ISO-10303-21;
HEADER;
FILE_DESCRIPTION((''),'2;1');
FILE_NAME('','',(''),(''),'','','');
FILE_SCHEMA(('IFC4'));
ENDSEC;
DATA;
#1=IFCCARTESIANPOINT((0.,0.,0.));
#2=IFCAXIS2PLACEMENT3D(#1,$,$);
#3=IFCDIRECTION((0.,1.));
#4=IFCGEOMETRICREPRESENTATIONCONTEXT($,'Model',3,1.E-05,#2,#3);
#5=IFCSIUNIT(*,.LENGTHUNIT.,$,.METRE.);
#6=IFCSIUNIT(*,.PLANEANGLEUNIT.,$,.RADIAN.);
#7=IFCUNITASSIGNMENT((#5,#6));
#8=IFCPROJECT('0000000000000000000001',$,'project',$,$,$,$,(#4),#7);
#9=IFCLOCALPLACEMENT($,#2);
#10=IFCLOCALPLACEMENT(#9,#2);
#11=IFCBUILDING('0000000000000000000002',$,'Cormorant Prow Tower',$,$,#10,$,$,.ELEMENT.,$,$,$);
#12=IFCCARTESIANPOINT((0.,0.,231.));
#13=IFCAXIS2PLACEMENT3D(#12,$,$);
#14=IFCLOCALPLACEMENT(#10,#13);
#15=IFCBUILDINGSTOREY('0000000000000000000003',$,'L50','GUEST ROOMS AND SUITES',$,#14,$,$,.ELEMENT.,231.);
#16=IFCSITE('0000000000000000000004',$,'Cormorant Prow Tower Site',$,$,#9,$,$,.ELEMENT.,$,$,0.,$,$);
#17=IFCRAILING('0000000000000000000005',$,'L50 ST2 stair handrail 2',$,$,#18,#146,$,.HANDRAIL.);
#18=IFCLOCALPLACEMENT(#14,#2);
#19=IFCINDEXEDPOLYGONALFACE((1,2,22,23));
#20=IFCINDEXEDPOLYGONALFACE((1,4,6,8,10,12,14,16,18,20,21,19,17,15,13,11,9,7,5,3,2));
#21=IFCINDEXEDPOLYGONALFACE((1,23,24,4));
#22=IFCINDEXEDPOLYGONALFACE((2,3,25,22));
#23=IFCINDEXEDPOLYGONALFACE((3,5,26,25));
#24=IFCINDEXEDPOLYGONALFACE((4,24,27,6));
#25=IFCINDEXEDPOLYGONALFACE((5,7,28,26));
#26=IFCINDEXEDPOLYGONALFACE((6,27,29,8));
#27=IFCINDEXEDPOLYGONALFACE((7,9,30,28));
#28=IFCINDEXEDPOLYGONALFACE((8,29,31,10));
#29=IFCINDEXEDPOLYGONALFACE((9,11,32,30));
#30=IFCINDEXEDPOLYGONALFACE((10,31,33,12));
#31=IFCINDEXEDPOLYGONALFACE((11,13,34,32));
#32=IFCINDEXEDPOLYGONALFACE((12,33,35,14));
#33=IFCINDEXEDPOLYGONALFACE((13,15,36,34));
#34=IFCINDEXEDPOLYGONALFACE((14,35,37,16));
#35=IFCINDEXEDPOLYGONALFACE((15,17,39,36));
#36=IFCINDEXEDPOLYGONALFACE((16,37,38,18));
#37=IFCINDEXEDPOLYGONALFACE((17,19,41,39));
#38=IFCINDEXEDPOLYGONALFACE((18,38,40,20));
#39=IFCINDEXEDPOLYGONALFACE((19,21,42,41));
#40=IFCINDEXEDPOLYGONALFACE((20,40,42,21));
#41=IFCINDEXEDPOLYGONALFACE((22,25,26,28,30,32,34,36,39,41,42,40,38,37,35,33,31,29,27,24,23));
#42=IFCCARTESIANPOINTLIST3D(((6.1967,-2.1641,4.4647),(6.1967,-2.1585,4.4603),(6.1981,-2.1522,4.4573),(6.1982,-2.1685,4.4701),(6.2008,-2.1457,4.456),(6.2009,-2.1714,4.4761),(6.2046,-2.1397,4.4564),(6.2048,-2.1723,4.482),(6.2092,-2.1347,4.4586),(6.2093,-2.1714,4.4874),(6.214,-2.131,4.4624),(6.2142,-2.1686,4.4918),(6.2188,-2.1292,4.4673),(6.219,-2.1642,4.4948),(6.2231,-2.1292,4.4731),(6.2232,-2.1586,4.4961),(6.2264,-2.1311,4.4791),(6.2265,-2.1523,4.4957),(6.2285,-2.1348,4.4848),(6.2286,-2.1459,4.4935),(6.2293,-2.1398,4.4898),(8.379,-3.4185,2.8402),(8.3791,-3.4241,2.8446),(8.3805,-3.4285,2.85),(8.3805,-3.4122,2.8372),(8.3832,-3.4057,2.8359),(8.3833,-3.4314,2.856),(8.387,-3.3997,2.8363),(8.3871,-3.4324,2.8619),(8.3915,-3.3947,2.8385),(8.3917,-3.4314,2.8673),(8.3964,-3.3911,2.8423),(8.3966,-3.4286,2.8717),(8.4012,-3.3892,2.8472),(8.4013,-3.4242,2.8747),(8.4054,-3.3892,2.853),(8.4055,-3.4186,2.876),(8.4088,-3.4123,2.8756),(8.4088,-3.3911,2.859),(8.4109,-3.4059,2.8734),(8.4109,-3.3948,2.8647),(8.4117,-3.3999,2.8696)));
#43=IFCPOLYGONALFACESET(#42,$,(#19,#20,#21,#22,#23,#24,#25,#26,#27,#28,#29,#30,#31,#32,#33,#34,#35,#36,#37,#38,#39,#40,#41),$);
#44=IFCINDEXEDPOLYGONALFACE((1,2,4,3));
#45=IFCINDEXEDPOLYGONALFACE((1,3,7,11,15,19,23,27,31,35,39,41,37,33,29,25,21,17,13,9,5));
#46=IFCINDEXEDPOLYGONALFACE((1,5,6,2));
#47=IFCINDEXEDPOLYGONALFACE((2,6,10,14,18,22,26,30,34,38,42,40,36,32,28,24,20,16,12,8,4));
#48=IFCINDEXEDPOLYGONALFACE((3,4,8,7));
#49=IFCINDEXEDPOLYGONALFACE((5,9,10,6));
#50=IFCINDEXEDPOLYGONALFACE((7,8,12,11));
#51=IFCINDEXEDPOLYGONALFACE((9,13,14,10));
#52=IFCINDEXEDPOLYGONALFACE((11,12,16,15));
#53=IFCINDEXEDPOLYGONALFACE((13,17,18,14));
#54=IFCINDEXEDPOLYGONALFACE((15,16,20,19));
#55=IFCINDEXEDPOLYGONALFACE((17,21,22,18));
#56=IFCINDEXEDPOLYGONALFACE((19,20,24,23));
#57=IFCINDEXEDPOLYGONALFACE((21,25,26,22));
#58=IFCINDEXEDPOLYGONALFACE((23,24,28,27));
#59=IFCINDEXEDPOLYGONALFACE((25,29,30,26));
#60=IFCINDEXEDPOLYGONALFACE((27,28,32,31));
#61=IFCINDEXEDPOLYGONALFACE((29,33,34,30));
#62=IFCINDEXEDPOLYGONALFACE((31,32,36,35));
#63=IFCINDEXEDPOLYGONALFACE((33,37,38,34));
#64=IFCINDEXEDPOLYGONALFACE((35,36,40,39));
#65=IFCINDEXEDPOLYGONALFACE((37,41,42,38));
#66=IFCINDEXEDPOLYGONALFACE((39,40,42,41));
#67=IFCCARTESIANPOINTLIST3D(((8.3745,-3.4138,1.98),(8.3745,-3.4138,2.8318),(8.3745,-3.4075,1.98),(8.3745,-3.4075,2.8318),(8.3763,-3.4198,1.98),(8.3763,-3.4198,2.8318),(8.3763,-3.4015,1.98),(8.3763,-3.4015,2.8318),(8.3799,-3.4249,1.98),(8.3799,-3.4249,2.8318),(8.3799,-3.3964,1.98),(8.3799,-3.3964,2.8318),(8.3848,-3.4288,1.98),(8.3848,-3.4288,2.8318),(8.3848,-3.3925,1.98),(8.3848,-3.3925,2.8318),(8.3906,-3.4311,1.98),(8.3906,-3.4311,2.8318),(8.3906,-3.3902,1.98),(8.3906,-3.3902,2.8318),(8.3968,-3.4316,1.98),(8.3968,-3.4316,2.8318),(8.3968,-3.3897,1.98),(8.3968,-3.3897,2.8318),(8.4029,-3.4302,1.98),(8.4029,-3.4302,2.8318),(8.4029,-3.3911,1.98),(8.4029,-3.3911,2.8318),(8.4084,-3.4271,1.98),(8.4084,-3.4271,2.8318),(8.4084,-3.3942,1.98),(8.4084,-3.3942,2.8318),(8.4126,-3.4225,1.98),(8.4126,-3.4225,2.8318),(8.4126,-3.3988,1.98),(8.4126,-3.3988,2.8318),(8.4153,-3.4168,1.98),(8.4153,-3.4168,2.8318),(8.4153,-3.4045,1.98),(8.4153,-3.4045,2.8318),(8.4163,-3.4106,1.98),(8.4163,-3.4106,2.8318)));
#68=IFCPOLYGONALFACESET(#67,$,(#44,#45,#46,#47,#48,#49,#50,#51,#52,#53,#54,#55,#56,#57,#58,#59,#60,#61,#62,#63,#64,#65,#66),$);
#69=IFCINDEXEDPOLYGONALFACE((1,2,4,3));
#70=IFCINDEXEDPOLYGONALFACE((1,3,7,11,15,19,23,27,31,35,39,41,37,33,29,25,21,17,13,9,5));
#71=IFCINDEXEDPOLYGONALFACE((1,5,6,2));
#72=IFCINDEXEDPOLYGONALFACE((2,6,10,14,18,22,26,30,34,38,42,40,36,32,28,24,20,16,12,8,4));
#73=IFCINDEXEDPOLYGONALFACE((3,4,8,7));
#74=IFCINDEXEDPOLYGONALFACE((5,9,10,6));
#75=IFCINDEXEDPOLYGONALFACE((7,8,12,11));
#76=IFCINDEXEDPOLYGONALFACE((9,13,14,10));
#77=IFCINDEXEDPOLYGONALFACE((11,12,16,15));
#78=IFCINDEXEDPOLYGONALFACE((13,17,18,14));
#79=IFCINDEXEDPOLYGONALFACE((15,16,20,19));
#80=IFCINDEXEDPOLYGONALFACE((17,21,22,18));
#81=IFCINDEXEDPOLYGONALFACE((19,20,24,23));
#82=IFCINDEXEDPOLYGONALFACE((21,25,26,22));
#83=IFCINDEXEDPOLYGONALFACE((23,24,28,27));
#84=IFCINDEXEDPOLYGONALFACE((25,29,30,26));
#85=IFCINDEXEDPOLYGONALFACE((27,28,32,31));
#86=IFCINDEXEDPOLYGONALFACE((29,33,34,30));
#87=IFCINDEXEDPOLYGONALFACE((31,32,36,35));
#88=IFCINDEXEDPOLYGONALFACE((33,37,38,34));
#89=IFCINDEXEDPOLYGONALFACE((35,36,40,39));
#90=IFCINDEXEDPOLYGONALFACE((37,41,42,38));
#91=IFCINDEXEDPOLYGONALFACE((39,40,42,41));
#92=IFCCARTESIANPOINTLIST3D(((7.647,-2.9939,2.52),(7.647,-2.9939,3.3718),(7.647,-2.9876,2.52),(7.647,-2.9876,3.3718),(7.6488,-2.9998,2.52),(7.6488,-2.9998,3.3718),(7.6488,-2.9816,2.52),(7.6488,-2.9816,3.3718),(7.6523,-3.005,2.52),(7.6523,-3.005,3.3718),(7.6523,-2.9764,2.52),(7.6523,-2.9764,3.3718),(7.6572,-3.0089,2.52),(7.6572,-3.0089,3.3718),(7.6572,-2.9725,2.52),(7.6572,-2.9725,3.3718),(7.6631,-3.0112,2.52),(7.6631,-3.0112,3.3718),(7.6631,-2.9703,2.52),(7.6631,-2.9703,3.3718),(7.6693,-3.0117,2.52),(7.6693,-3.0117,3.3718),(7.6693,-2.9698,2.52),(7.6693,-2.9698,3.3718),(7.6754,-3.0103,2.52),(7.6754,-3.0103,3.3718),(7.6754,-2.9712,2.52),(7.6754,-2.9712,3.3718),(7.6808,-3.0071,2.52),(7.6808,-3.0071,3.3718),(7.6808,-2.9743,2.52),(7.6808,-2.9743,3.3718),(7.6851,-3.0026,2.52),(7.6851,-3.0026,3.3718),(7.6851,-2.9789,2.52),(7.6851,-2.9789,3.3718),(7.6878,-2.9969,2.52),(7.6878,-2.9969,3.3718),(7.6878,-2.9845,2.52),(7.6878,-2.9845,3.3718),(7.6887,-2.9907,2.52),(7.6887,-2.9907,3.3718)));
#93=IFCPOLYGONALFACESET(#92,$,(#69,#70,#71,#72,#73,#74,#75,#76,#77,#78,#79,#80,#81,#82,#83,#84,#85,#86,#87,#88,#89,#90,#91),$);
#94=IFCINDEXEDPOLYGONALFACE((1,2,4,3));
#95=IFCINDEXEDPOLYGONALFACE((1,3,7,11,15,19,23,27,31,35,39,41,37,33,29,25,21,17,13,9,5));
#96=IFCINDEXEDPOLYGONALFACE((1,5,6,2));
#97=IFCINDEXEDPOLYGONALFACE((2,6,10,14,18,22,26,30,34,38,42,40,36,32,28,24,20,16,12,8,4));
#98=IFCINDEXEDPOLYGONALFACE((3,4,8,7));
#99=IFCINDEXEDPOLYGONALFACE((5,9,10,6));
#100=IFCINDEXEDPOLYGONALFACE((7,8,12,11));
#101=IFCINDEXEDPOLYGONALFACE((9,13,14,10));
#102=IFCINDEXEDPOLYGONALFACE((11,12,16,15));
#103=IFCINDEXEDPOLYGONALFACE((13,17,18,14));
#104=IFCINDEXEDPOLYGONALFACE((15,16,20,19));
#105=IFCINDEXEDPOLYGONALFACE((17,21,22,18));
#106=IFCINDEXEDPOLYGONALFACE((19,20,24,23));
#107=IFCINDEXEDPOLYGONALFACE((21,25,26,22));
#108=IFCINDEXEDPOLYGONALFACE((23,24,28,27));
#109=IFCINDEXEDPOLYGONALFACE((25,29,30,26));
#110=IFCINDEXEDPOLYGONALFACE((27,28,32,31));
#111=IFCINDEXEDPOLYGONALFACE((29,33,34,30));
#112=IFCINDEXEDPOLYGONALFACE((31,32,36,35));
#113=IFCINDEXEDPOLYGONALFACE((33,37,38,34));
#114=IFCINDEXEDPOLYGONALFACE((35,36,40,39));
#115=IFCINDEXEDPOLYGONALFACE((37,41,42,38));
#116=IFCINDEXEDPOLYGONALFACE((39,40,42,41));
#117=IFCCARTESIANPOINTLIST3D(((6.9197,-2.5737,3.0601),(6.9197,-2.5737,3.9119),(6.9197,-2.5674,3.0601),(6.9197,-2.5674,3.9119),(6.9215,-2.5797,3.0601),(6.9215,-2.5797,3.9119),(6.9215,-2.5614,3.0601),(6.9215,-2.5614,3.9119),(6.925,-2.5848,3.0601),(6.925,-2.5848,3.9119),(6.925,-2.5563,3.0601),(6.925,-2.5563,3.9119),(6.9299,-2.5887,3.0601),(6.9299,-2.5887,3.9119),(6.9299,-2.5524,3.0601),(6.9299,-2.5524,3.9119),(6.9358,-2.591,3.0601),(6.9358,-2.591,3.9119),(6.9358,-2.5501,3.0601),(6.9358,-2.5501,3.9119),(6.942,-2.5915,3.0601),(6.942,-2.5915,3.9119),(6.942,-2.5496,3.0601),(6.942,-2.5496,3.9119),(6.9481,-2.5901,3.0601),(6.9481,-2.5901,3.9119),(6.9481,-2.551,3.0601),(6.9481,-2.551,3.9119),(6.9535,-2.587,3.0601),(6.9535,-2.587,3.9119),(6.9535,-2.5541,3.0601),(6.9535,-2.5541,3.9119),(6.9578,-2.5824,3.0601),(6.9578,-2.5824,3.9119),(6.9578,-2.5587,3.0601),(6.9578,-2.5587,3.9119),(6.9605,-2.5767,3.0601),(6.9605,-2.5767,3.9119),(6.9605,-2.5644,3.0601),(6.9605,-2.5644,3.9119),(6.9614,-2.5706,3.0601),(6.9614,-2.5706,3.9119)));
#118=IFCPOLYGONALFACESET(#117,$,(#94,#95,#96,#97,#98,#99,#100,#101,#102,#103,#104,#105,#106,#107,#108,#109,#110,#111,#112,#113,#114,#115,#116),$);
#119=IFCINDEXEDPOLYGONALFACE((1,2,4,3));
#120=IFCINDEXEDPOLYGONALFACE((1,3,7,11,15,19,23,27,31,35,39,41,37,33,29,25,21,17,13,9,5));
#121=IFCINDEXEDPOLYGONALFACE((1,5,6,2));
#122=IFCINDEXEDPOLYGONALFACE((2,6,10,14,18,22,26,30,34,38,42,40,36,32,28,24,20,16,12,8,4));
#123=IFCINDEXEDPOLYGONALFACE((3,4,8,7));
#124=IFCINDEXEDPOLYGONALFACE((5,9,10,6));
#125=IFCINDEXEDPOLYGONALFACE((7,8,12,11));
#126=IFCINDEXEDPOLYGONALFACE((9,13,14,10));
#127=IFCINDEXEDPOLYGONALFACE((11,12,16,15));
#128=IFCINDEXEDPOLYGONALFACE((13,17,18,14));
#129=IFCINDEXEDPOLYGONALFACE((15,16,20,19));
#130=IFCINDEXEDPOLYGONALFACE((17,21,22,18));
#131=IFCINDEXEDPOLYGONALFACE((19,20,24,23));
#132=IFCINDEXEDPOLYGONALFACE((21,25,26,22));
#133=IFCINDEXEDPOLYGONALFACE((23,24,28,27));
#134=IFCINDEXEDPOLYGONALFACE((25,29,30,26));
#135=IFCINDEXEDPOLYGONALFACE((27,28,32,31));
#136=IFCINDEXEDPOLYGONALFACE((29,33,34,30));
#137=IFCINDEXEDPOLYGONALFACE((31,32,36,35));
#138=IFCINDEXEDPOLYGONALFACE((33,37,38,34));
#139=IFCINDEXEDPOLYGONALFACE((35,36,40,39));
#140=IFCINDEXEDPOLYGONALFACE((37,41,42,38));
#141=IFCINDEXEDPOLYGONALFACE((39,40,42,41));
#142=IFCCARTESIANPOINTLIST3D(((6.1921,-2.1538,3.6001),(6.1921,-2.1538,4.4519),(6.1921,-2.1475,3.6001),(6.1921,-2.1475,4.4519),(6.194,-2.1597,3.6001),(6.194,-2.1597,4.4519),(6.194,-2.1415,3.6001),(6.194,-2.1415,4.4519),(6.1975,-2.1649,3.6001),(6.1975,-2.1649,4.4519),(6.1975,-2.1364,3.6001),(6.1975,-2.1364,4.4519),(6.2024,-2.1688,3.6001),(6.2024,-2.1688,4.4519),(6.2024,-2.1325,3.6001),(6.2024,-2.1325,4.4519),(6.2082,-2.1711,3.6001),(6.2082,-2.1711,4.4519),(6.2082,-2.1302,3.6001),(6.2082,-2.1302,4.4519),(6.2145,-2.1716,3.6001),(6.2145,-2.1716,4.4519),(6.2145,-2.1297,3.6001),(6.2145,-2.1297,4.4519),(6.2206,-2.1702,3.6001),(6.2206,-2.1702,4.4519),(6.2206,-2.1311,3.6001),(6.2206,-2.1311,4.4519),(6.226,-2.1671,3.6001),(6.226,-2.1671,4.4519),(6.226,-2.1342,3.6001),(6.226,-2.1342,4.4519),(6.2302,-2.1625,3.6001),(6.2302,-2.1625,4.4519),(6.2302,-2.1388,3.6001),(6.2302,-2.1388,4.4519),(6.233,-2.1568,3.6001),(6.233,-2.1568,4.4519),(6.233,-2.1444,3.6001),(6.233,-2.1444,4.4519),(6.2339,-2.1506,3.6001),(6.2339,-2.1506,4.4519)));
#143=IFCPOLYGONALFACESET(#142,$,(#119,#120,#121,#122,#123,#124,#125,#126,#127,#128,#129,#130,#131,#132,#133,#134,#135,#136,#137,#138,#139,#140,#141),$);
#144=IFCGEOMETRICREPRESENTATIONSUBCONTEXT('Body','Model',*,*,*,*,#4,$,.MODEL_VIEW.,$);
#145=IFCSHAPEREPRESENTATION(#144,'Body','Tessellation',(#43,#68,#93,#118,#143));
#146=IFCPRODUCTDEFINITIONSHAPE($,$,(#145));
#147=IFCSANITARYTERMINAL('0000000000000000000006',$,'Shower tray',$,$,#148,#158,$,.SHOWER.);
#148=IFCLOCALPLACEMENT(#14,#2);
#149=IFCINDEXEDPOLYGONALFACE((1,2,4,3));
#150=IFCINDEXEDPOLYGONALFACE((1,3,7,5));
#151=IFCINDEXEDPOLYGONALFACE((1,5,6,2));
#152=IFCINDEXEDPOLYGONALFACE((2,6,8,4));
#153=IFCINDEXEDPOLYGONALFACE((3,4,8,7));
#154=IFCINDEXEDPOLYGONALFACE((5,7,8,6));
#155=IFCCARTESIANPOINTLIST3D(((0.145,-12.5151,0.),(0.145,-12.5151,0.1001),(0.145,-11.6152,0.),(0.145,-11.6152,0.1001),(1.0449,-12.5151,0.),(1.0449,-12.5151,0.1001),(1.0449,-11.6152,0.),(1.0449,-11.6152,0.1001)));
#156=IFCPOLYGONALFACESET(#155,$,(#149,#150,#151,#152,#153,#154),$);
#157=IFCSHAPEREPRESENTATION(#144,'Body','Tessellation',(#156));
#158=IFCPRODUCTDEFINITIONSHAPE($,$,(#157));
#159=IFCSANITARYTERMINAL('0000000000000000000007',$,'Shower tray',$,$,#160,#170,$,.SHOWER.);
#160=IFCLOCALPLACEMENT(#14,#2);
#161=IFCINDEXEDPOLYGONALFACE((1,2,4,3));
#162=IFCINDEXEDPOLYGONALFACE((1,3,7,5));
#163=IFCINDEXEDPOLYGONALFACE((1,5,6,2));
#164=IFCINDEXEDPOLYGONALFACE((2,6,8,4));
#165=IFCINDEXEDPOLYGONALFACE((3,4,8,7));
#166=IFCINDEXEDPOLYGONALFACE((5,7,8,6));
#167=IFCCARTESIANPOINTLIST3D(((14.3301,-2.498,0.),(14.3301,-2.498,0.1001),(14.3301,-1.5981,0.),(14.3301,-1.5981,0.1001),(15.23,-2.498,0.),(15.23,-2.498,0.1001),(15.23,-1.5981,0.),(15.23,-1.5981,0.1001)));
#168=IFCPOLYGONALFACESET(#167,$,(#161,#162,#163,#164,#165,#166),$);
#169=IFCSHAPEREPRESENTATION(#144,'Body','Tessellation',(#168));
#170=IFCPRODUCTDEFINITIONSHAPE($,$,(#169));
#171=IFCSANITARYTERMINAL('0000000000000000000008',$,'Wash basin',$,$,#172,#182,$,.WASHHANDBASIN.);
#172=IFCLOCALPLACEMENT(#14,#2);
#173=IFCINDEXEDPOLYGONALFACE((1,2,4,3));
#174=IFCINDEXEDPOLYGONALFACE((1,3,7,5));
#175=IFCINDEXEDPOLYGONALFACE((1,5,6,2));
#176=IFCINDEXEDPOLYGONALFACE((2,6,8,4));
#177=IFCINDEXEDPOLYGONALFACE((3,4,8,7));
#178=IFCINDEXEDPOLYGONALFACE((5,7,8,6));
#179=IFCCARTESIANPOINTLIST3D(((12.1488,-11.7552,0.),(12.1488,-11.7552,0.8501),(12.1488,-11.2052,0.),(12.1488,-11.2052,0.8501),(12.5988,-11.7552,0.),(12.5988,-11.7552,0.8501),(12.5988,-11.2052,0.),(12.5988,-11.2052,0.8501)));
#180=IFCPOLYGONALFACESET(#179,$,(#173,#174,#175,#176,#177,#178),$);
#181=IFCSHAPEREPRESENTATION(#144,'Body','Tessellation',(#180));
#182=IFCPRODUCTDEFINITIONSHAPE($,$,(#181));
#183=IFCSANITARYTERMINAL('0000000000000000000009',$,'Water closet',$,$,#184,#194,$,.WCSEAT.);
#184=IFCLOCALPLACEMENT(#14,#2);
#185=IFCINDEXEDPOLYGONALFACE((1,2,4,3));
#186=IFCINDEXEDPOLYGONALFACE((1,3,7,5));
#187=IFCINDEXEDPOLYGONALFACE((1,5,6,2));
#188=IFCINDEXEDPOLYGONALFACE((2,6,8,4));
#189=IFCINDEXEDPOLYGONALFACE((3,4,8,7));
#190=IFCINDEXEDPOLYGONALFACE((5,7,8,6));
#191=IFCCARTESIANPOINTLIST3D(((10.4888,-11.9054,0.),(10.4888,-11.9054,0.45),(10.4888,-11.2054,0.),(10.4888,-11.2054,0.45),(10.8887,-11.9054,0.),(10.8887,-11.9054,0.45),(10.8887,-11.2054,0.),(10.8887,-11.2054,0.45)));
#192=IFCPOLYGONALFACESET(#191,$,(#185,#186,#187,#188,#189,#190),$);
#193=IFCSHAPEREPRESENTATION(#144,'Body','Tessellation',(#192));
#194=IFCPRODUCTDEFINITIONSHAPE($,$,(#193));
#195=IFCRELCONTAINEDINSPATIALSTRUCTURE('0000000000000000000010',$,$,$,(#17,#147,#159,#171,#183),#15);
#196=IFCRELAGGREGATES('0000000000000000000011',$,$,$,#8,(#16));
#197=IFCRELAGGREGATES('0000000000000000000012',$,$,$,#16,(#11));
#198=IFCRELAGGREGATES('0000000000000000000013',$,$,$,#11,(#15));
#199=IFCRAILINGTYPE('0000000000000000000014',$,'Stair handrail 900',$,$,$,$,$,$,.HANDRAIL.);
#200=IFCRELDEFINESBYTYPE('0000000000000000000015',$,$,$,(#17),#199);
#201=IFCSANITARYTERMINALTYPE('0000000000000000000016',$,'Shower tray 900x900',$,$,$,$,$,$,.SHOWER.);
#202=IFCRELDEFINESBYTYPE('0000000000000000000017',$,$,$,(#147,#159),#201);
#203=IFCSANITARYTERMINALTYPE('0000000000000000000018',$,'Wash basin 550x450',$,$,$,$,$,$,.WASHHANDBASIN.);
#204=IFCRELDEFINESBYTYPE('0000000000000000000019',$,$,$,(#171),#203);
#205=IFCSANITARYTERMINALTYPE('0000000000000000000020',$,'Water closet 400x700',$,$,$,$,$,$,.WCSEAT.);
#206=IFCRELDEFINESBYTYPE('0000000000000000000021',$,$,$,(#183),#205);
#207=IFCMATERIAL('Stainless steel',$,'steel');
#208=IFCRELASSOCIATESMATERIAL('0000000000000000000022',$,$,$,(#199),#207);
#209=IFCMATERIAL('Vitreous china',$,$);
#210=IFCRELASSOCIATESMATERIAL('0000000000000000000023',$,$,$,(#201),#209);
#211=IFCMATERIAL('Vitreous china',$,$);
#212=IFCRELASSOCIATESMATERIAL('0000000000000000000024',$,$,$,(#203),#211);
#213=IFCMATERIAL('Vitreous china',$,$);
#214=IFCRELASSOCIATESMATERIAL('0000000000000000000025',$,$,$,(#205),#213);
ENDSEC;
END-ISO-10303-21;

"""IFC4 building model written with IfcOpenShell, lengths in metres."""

from ifc_helpers import new_model, si_unit, direction, frame, origin, origin_2d, place, context, subcontext, project, spatial, rectangle, circle, extrude, material, type_object, element, save


model = new_model("IFC4")

# Units and contexts
model_context = context("Model", 3, precision=1e-05, world=origin(), true_north=direction((0.0, 1.0)))
body_context = subcontext(model_context, "Body", "Model", "MODEL_VIEW")
ifc_project = project(units=[si_unit("LENGTHUNIT", "METRE"), si_unit("PLANEANGLEUNIT", "RADIAN")], contexts=[model_context])

# Site, building, storey
site_placement = place(None, origin())
site = spatial("IfcSite", under=ifc_project, at=site_placement, Name="Cormorant Prow Tower Site", CompositionType="ELEMENT", RefElevation=0.0)
building_placement = place(site_placement, origin())
building = spatial("IfcBuilding", under=site, at=building_placement, Name="Cormorant Prow Tower", CompositionType="ELEMENT")
storey_placement = place(building_placement, frame((0.0, 0.0, 231.0)))
storey = spatial("IfcBuildingStorey", under=building, at=storey_placement, Name="L50", Description="GUEST ROOMS AND SUITES", CompositionType="ELEMENT", Elevation=231.0)

# Railing
ifc_material_1 = material(Name="Stainless steel", Category="steel")
railing_type_1 = type_object("IfcRailingType", Name="Stair handrail 900", PredefinedType="HANDRAIL", material=ifc_material_1)
railing_1_placement = place(storey_placement, frame((8.3953, -3.4106, 1.98)))
element("IfcRailing", 1, at=railing_1_placement, inside=storey, type_object=railing_type_1, Name="L50 ST2 stair handrail 2", PredefinedType="HANDRAIL", context=body_context, shape_type="SweptSolid", body=[
    extrude(circle(Radius=0.0239, at=origin_2d()), frame((0.0, 0.0, 0.876), z_axis=(-0.728464, 0.420584, 0.540786), x_axis=(-0.500005, -0.866023, 0.0)), (0.0, 0.0, 1.0), 2.9958),
    extrude(circle(Radius=0.021, at=origin_2d()), origin(), (0.0, 0.0, 1.0), 0.8518),
    extrude(circle(Radius=0.021, at=origin_2d()), frame((-0.7275, 0.4199, 0.54)), (0.0, 0.0, 1.0), 0.8518),
    extrude(circle(Radius=0.021, at=origin_2d()), frame((-1.4548, 0.8401, 1.0801)), (0.0, 0.0, 1.0), 0.8518),
    extrude(circle(Radius=0.021, at=origin_2d()), frame((-2.1824, 1.26, 1.6201)), (0.0, 0.0, 1.0), 0.8518),
])

# Sanitary terminals
ifc_material_2 = material(Name="Vitreous china")
sanitary_terminal_type_1 = type_object("IfcSanitaryTerminalType", Name="Shower tray 900x900", PredefinedType="SHOWER", material=ifc_material_2)
for number, where, z_axis, x_axis, name in (
    (2, (0.595, -12.0652, 0.0), (0.0, 0.0, 1.0), (1.0, 0.0, 0.0), "Shower tray"),
    (3, (14.78, -2.0481, 0.0), (0.0, 0.0, 1.0), (1.0, 0.0, 0.0), "Shower tray"),
):
    element("IfcSanitaryTerminal", number, at=place(storey_placement, frame(where, z_axis=z_axis, x_axis=x_axis)), inside=storey, type_object=sanitary_terminal_type_1, Name=name, PredefinedType="SHOWER", context=body_context, shape_type="SweptSolid", body=[
        extrude(rectangle(XDim=0.8999, YDim=0.8999, at=origin_2d()), origin(), (0.0, 0.0, 1.0), 0.1001),
    ])
ifc_material_3 = material(Name="Vitreous china")
sanitary_terminal_type_2 = type_object("IfcSanitaryTerminalType", Name="Wash basin 550x450", PredefinedType="WASHHANDBASIN", material=ifc_material_3)
sanitary_terminal_1_placement = place(storey_placement, frame((12.3738, -11.4802, 0.0), z_axis=(0.0, 0.0, 1.0), x_axis=(0.0, -1.0, 0.0)))
element("IfcSanitaryTerminal", 4, at=sanitary_terminal_1_placement, inside=storey, type_object=sanitary_terminal_type_2, Name="Wash basin", PredefinedType="WASHHANDBASIN", context=body_context, shape_type="SweptSolid", body=[
    extrude(rectangle(XDim=0.55, YDim=0.45, at=origin_2d()), origin(), (0.0, 0.0, 1.0), 0.8501),
])
ifc_material_4 = material(Name="Vitreous china")
sanitary_terminal_type_3 = type_object("IfcSanitaryTerminalType", Name="Water closet 400x700", PredefinedType="WCSEAT", material=ifc_material_4)
sanitary_terminal_2_placement = place(storey_placement, frame((10.6887, -11.5554, 0.0), z_axis=(0.0, 0.0, 1.0), x_axis=(1.0, 0.0, 0.0)))
element("IfcSanitaryTerminal", 5, at=sanitary_terminal_2_placement, inside=storey, type_object=sanitary_terminal_type_3, Name="Water closet", PredefinedType="WCSEAT", context=body_context, shape_type="SweptSolid", body=[
    extrude(rectangle(XDim=0.3999, YDim=0.7, at=origin_2d()), origin(), (0.0, 0.0, 1.0), 0.45),
])

save(model, "model.ifc")
